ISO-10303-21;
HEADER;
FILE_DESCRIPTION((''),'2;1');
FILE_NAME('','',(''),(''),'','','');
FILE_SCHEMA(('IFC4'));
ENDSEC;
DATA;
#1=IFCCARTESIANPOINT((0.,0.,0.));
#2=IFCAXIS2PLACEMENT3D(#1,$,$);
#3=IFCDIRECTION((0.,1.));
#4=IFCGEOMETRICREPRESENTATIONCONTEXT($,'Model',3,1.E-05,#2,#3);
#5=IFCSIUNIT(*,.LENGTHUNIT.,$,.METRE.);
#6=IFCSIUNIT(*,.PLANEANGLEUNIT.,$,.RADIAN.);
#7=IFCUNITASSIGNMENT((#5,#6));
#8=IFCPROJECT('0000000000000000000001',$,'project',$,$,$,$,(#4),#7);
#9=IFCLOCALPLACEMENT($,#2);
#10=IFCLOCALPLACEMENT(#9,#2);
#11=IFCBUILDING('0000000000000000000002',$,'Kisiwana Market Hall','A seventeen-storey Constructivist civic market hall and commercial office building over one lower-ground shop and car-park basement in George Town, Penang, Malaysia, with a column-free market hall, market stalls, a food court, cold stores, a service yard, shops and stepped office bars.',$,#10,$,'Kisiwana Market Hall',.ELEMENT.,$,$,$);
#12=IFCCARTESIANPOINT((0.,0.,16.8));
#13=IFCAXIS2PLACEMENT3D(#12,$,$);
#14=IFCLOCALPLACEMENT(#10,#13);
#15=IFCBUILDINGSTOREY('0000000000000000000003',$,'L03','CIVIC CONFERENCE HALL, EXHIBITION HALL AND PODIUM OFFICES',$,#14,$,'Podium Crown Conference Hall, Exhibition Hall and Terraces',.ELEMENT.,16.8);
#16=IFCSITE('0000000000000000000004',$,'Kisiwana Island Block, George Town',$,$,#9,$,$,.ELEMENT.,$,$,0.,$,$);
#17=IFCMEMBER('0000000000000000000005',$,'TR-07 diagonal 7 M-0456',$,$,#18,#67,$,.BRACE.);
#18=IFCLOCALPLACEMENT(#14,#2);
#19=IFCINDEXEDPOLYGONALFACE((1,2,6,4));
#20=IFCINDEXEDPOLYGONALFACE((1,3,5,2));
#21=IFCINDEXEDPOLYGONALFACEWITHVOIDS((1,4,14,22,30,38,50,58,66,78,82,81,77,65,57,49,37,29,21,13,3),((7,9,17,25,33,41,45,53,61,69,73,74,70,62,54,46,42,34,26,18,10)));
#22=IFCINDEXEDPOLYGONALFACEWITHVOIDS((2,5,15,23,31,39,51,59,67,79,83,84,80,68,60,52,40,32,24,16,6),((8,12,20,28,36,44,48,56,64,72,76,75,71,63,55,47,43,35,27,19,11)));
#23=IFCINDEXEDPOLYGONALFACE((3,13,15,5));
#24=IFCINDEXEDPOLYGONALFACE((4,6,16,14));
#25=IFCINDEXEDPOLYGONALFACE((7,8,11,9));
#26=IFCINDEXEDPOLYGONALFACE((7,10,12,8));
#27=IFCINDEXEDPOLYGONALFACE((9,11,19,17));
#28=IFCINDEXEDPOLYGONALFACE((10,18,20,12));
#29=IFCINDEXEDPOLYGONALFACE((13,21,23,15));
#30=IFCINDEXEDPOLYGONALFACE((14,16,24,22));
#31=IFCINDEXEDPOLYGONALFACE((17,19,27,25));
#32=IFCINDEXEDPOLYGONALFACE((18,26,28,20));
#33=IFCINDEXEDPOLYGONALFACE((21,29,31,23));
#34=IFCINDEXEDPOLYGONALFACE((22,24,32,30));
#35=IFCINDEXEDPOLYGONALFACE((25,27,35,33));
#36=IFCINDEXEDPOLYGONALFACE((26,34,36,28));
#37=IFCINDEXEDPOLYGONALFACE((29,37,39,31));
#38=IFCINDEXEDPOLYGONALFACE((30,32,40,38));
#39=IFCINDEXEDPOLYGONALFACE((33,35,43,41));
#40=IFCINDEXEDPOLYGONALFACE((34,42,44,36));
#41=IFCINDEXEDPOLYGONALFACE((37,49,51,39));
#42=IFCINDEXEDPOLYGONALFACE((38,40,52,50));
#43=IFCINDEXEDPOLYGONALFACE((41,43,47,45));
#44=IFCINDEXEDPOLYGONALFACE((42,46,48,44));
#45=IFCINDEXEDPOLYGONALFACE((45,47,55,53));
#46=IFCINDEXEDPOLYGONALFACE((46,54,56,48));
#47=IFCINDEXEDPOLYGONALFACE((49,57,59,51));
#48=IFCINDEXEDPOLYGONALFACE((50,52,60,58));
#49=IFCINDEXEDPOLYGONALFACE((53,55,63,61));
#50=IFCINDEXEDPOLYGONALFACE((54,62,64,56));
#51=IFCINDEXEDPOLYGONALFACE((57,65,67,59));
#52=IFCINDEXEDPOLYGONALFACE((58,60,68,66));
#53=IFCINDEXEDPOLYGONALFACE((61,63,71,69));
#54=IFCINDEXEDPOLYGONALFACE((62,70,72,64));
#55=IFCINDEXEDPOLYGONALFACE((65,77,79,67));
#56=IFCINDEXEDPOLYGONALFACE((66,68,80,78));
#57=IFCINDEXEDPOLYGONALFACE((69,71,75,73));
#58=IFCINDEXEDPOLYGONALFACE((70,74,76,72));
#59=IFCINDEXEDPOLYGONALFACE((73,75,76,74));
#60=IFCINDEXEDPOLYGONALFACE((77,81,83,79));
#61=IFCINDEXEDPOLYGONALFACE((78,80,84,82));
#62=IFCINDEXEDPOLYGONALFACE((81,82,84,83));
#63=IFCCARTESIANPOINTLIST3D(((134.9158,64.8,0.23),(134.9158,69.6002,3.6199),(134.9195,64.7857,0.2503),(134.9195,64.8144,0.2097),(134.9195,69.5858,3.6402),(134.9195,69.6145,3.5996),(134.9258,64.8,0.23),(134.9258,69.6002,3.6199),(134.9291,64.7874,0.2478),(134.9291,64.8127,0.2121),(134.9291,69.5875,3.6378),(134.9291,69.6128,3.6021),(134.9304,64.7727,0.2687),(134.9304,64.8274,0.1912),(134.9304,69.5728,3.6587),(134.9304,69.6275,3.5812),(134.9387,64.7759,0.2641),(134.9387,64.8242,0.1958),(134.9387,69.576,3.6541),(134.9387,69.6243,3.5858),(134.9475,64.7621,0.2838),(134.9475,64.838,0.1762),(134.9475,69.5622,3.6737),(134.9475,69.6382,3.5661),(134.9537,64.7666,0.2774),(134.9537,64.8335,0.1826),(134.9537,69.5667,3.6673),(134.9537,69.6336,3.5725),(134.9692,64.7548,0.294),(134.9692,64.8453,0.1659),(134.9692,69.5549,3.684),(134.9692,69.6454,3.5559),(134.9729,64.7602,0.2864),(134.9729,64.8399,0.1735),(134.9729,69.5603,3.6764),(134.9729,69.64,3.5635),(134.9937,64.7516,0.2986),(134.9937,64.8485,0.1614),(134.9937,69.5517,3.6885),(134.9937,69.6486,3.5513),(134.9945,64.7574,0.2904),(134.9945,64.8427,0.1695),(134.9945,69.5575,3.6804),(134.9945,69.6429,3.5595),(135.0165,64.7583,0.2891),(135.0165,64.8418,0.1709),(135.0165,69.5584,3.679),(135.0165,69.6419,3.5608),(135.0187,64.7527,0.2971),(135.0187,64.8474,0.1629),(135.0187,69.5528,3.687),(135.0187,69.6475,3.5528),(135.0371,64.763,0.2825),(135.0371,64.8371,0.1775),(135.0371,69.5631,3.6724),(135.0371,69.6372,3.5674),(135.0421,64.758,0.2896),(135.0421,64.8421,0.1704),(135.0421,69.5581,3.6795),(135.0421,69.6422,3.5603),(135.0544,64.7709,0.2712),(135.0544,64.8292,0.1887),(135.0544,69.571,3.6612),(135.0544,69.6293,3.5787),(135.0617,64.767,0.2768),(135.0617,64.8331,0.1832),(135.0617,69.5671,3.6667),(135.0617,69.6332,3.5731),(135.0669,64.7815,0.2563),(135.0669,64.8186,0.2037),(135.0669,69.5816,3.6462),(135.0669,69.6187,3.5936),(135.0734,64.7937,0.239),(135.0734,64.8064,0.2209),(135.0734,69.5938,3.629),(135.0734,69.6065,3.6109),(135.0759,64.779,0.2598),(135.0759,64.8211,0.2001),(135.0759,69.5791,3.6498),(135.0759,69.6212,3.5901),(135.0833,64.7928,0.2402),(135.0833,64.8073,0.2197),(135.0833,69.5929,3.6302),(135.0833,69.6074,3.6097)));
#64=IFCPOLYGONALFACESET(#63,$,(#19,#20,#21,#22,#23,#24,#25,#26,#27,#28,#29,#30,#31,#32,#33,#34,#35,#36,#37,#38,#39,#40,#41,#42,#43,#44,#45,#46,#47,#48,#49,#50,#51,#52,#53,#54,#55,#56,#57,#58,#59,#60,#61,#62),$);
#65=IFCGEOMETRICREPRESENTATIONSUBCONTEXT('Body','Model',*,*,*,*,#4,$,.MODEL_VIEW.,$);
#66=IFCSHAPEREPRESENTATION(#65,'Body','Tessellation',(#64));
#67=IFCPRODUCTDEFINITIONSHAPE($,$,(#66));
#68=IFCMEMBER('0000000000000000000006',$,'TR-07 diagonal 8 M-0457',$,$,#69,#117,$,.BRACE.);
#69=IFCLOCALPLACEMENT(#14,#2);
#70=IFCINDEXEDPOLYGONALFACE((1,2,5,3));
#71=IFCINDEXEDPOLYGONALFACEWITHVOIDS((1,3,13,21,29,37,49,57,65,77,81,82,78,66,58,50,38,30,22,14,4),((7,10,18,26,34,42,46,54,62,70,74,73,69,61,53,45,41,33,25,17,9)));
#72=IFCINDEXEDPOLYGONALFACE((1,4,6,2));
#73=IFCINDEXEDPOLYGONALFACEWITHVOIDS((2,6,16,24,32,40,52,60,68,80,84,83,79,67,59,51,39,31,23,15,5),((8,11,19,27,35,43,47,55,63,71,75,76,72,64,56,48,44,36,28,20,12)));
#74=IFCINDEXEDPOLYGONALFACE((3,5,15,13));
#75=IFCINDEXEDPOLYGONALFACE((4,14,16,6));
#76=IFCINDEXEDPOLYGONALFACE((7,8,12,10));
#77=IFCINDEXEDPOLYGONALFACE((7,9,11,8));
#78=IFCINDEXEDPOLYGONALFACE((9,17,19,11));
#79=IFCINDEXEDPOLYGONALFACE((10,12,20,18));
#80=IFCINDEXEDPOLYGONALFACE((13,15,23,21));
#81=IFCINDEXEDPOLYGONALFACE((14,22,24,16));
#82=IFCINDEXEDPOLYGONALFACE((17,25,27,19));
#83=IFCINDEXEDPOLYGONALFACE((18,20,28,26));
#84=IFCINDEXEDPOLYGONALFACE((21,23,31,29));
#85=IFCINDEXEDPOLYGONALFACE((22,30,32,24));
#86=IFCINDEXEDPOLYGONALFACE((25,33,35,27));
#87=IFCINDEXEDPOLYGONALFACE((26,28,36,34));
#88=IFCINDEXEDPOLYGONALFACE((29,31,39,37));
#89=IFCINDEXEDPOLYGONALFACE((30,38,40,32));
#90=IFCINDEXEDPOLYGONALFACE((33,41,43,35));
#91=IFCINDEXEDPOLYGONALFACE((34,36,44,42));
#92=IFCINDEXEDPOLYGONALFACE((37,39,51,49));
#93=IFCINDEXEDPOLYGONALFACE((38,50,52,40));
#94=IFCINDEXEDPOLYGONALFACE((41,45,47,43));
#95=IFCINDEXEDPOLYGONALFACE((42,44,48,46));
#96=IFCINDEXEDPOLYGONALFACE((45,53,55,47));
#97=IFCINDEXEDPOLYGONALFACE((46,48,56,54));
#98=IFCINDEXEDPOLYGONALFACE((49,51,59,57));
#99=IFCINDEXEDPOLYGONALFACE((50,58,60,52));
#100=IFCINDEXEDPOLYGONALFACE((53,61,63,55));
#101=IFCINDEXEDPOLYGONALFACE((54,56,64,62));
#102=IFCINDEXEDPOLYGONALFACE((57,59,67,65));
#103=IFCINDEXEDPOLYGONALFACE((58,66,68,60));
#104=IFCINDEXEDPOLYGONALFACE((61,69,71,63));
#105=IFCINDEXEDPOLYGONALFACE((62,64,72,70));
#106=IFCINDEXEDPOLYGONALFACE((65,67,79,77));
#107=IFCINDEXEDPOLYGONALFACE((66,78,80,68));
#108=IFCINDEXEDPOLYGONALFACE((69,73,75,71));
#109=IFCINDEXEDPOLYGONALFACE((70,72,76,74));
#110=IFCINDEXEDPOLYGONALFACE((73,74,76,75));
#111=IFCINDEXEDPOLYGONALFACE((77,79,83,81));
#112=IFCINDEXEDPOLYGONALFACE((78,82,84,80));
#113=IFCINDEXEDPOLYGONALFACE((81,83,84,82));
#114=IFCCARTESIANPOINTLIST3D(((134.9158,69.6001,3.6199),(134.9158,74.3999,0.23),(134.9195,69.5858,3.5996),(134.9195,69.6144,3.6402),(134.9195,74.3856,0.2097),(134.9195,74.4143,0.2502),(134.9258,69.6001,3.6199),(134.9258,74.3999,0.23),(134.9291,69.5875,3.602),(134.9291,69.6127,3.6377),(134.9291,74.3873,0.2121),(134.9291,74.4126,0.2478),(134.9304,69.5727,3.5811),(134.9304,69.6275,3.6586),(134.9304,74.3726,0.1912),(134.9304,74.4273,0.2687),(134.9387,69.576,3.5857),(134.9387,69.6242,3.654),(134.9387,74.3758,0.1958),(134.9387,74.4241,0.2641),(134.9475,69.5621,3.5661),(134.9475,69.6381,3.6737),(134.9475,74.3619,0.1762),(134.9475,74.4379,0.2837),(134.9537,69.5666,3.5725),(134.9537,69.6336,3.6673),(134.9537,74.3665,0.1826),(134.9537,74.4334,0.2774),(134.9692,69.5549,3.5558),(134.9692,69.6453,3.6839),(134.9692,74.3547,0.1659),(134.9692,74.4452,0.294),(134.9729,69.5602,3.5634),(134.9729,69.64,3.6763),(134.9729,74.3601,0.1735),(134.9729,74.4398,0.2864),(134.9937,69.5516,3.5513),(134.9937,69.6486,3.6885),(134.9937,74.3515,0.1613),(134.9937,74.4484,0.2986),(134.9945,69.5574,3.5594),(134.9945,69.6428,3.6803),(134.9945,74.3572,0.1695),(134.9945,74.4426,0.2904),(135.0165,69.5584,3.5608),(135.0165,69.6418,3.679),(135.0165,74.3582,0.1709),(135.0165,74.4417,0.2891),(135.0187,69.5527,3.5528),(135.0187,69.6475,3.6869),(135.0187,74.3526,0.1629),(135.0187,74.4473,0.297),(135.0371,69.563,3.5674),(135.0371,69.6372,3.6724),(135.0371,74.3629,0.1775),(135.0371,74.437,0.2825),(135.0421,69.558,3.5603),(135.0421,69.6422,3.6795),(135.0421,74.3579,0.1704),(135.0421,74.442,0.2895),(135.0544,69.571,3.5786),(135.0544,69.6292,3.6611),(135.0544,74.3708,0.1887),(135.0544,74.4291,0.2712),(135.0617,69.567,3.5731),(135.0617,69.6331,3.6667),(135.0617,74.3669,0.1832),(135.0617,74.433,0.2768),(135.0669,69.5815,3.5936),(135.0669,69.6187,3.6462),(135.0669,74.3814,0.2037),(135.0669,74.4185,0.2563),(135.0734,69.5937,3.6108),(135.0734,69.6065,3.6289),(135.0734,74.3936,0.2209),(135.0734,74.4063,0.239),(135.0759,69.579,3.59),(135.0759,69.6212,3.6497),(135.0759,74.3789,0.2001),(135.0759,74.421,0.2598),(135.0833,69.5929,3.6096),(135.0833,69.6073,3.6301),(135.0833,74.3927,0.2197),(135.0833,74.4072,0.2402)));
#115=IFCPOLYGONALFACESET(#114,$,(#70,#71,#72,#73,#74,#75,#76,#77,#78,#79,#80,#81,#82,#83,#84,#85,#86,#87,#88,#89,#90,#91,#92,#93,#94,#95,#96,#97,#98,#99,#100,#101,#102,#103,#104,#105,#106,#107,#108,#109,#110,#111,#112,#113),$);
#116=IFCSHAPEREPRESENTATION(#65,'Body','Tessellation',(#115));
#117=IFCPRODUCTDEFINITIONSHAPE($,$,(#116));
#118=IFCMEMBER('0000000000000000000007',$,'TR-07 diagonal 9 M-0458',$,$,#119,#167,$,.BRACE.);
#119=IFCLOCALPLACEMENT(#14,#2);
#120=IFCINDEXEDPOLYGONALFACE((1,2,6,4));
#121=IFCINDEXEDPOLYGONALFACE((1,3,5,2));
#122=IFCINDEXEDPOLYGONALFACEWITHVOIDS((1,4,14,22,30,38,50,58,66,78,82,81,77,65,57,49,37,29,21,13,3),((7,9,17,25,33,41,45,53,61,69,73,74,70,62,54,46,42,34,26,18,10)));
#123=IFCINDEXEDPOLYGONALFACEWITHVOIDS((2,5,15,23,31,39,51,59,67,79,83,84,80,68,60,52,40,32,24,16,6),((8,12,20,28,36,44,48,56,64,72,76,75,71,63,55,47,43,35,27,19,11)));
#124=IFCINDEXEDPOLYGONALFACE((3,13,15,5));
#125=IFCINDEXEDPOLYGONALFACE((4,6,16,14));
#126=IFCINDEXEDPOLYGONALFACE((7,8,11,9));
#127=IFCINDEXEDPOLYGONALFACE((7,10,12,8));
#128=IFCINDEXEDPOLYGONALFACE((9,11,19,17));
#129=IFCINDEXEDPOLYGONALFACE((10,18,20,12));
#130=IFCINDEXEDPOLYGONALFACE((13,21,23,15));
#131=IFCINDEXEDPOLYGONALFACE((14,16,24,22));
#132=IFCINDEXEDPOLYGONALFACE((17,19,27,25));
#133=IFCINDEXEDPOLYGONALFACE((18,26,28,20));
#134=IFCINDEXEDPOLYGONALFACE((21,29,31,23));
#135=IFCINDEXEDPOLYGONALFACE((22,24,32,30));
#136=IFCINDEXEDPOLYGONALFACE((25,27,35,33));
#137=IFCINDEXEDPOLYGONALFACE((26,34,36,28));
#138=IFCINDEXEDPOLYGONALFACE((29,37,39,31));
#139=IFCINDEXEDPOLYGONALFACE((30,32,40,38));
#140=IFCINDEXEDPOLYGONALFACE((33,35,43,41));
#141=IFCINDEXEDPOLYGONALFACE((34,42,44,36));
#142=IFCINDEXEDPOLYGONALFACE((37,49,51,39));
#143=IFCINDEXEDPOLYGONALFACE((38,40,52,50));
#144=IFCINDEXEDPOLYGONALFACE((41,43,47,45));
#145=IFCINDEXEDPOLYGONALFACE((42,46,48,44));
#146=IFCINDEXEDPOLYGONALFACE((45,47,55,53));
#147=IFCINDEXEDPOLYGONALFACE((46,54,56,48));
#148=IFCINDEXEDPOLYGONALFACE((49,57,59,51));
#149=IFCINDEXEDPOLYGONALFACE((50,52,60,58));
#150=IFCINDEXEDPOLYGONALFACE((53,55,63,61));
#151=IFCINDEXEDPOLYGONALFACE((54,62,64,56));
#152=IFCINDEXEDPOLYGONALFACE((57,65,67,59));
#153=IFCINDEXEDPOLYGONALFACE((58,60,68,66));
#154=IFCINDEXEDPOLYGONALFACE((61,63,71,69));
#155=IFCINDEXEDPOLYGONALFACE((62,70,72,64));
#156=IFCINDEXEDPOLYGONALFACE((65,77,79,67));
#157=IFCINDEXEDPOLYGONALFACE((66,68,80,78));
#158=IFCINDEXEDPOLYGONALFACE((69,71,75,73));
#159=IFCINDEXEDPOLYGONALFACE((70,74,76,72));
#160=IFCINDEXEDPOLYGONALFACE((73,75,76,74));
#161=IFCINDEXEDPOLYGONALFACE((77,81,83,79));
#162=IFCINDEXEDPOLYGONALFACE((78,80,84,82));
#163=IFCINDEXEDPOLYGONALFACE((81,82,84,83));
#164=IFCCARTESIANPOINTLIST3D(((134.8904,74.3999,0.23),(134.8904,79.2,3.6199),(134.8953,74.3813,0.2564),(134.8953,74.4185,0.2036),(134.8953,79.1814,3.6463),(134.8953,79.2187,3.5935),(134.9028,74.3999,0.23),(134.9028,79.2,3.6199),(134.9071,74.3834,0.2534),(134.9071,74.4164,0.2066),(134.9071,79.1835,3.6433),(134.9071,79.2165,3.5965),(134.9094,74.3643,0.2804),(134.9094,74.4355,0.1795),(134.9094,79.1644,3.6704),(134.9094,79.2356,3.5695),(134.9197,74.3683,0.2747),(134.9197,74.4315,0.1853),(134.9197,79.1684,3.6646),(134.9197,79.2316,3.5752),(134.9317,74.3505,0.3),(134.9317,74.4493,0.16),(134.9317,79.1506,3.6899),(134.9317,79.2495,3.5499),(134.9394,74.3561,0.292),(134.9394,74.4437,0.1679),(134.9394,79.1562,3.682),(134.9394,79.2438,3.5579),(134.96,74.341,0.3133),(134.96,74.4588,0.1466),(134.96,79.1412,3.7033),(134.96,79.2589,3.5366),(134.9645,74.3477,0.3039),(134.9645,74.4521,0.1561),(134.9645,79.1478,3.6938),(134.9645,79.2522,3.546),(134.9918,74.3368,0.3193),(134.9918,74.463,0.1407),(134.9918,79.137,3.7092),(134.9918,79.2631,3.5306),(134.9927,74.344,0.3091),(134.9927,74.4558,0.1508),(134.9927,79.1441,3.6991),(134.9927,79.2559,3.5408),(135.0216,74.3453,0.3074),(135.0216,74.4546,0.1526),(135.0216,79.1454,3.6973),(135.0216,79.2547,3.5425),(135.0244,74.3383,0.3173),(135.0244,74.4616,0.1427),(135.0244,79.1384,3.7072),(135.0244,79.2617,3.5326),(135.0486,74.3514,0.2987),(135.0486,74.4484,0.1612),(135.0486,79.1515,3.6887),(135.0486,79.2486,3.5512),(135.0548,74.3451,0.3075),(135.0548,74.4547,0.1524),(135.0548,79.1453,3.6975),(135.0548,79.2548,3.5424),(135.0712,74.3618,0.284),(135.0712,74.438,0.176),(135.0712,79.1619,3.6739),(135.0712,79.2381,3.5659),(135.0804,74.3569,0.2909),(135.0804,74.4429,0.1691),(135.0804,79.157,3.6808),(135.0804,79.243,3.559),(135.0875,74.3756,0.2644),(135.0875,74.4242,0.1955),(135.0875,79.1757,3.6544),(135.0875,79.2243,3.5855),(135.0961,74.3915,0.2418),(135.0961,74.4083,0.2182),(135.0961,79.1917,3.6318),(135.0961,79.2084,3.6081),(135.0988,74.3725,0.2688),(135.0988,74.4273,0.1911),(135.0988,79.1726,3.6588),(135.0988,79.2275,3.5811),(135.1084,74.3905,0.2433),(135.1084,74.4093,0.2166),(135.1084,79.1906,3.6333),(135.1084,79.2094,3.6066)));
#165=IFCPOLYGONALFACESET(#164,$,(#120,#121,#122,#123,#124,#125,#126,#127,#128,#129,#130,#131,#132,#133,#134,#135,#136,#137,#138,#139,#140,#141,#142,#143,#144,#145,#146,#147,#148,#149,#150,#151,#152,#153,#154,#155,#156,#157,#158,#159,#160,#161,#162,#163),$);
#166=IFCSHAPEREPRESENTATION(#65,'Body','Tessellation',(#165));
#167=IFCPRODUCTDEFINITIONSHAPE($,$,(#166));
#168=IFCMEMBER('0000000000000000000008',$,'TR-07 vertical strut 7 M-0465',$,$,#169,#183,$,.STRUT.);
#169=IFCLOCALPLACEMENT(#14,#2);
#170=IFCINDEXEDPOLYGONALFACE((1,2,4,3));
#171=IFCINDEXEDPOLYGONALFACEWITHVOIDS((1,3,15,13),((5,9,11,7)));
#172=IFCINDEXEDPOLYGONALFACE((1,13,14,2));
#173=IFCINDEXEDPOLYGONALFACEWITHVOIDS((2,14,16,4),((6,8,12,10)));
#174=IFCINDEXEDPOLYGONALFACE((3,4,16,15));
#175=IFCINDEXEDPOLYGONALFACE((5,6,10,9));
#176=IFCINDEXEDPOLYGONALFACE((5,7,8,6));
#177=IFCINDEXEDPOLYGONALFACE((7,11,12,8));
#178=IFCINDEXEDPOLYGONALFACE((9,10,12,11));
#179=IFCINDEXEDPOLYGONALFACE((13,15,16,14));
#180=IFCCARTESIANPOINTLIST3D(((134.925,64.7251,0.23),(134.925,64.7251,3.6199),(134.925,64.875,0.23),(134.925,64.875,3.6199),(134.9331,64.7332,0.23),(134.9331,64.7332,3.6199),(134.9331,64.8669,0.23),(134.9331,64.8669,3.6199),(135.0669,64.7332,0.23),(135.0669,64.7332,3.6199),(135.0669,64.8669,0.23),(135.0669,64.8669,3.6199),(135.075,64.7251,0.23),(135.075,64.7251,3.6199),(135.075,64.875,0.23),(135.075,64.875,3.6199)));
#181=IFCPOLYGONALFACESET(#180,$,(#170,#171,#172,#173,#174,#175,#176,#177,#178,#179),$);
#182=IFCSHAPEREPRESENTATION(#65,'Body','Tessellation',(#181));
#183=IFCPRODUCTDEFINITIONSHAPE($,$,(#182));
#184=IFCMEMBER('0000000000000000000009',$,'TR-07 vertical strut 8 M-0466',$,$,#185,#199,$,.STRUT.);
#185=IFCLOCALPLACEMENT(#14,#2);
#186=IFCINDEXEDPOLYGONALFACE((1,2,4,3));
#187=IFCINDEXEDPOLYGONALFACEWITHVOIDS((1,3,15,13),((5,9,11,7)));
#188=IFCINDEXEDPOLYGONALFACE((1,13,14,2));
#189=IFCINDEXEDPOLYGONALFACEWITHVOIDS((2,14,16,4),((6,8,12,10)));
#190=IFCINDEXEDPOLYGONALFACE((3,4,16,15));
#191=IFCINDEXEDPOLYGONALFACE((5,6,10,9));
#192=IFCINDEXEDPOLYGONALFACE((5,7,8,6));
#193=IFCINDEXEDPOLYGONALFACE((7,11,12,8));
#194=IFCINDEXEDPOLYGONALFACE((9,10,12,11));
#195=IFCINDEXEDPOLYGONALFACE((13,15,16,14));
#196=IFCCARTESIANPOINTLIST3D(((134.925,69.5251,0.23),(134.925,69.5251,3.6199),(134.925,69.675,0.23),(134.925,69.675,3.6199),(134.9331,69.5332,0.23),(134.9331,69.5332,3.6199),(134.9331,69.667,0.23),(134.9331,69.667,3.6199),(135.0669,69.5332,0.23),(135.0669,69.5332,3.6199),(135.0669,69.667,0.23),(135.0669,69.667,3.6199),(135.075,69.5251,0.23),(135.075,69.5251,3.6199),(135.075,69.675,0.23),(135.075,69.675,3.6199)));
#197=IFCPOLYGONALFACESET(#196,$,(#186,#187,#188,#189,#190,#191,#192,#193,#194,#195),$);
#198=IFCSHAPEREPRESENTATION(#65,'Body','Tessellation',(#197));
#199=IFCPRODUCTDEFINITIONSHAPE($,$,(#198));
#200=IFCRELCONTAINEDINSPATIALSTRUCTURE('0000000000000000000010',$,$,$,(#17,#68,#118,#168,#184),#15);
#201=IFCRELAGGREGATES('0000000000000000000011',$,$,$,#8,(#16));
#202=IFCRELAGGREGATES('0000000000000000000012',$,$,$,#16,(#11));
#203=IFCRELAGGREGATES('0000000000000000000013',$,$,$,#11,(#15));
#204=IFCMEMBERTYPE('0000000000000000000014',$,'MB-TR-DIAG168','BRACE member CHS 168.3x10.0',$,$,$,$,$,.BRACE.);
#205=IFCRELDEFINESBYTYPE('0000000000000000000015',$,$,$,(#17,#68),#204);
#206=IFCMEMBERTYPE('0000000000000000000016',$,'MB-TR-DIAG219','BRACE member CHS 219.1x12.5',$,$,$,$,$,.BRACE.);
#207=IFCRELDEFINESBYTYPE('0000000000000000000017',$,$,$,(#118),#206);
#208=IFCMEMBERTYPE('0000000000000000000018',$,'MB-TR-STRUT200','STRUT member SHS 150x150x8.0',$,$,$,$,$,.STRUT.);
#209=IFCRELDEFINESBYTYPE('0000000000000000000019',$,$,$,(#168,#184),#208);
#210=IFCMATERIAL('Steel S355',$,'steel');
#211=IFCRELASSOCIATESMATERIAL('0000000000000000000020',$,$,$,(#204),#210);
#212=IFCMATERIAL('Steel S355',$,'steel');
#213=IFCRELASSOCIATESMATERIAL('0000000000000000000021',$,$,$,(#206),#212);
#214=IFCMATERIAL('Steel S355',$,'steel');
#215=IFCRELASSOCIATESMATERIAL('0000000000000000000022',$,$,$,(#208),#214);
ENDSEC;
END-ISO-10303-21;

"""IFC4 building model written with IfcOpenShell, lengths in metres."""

from ifc_helpers import new_model, si_unit, direction, frame, origin, origin_2d, place, context, subcontext, project, spatial, hollow_rectangle, hollow_circle, extrude, material, material_profile, profile_set, type_object, element, save


model = new_model("IFC4")

# Units and contexts
model_context = context("Model", 3, precision=1e-05, world=origin(), true_north=direction((0.0, 1.0)))
body_context = subcontext(model_context, "Body", "Model", "MODEL_VIEW")
ifc_project = project(units=[si_unit("LENGTHUNIT", "METRE"), si_unit("PLANEANGLEUNIT", "RADIAN")], contexts=[model_context])

# Site, building, storey
site_placement = place(None, origin())
site = spatial("IfcSite", under=ifc_project, at=site_placement, Name="Kisiwana Island Block, George Town", CompositionType="ELEMENT", RefElevation=0.0)
building_placement = place(site_placement, origin())
building = spatial("IfcBuilding", under=site, at=building_placement, Name="Kisiwana Market Hall", Description="A seventeen-storey Constructivist civic market hall and commercial office building over one lower-ground shop and car-park basement in George Town, Penang, Malaysia, with a column-free market hall, market stalls, a food court, cold stores, a service yard, shops and stepped office bars.", LongName="Kisiwana Market Hall", CompositionType="ELEMENT")
storey_placement = place(building_placement, frame((0.0, 0.0, 16.8)))
storey = spatial("IfcBuildingStorey", under=building, at=storey_placement, Name="L03", Description="CIVIC CONFERENCE HALL, EXHIBITION HALL AND PODIUM OFFICES", LongName="Podium Crown Conference Hall, Exhibition Hall and Terraces", CompositionType="ELEMENT", Elevation=16.8)

# Members
ifc_material_1 = material(Name="Steel S355", Category="steel")
ifc_material_profile_1 = material_profile(ifc_material_1, hollow_circle(Radius=0.0842, WallThickness=0.01, at=origin_2d()), Name="CHS 168.3x10.0")
ifc_profile_set_1 = profile_set([ifc_material_profile_1], Name="Steel S355")
member_type_1 = type_object("IfcMemberType", Name="MB-TR-DIAG168", Description="BRACE member CHS 168.3x10.0", PredefinedType="BRACE", material=ifc_profile_set_1)
member_1_placement = place(storey_placement, frame((135.0, 64.8, 0.23), z_axis=(0.0, 0.816838, 0.576868), x_axis=(-1.0, 0.0, 0.0)))
element("IfcMember", 1, at=member_1_placement, inside=storey, type_object=member_type_1, Name="TR-07 diagonal 7 M-0456", PredefinedType="BRACE", context=body_context, shape_type="SweptSolid", body=[
    extrude(hollow_circle(Radius=0.0842, WallThickness=0.01, at=origin_2d()), origin(), (0.0, 0.0, 1.0), 5.8765),
])
member_2_placement = place(storey_placement, frame((135.0, 69.6001, 3.6199), z_axis=(0.0, 0.816824, -0.576887), x_axis=(-1.0, 0.0, 0.0)))
element("IfcMember", 2, at=member_2_placement, inside=storey, type_object=member_type_1, Name="TR-07 diagonal 8 M-0457", PredefinedType="BRACE", context=body_context, shape_type="SweptSolid", body=[
    extrude(hollow_circle(Radius=0.0842, WallThickness=0.01, at=origin_2d()), origin(), (0.0, 0.0, 1.0), 5.8762),
])
ifc_material_2 = material(Name="Steel S355", Category="steel")
ifc_material_profile_2 = material_profile(ifc_material_2, hollow_circle(Radius=0.1096, WallThickness=0.0125, at=origin_2d()), Name="CHS 219.1x12.5")
ifc_profile_set_2 = profile_set([ifc_material_profile_2], Name="Steel S355")
member_type_2 = type_object("IfcMemberType", Name="MB-TR-DIAG219", Description="BRACE member CHS 219.1x12.5", PredefinedType="BRACE", material=ifc_profile_set_2)
member_3_placement = place(storey_placement, frame((135.0, 74.3999, 0.23), z_axis=(0.0, 0.816838, 0.576868), x_axis=(-1.0, 0.0, 0.0)))
element("IfcMember", 3, at=member_3_placement, inside=storey, type_object=member_type_2, Name="TR-07 diagonal 9 M-0458", PredefinedType="BRACE", context=body_context, shape_type="SweptSolid", body=[
    extrude(hollow_circle(Radius=0.1096, WallThickness=0.0125, at=origin_2d()), origin(), (0.0, 0.0, 1.0), 5.8765),
])
ifc_material_3 = material(Name="Steel S355", Category="steel")
ifc_material_profile_3 = material_profile(ifc_material_3, hollow_rectangle(XDim=0.1499, YDim=0.1499, WallThickness=0.0081, at=origin_2d()), Name="SHS 150x150x8.0")
ifc_profile_set_3 = profile_set([ifc_material_profile_3], Name="Steel S355")
member_type_3 = type_object("IfcMemberType", Name="MB-TR-STRUT200", Description="STRUT member SHS 150x150x8.0", PredefinedType="STRUT", material=ifc_profile_set_3)
for number, where, z_axis, x_axis, name in (
    (4, (135.0, 64.8, 0.23), (0.0, 0.0, 1.0), (1.0, 0.0, 0.0), "TR-07 vertical strut 7 M-0465"),
    (5, (135.0, 69.6001, 0.23), (0.0, 0.0, 1.0), (1.0, 0.0, 0.0), "TR-07 vertical strut 8 M-0466"),
):
    element("IfcMember", number, at=place(storey_placement, frame(where, z_axis=z_axis, x_axis=x_axis)), inside=storey, type_object=member_type_3, Name=name, PredefinedType="STRUT", context=body_context, shape_type="SweptSolid", body=[
        extrude(hollow_rectangle(XDim=0.1499, YDim=0.1499, WallThickness=0.0081, at=origin_2d()), origin(), (0.0, 0.0, 1.0), 3.3899),
    ])

save(model, "model.ifc")
